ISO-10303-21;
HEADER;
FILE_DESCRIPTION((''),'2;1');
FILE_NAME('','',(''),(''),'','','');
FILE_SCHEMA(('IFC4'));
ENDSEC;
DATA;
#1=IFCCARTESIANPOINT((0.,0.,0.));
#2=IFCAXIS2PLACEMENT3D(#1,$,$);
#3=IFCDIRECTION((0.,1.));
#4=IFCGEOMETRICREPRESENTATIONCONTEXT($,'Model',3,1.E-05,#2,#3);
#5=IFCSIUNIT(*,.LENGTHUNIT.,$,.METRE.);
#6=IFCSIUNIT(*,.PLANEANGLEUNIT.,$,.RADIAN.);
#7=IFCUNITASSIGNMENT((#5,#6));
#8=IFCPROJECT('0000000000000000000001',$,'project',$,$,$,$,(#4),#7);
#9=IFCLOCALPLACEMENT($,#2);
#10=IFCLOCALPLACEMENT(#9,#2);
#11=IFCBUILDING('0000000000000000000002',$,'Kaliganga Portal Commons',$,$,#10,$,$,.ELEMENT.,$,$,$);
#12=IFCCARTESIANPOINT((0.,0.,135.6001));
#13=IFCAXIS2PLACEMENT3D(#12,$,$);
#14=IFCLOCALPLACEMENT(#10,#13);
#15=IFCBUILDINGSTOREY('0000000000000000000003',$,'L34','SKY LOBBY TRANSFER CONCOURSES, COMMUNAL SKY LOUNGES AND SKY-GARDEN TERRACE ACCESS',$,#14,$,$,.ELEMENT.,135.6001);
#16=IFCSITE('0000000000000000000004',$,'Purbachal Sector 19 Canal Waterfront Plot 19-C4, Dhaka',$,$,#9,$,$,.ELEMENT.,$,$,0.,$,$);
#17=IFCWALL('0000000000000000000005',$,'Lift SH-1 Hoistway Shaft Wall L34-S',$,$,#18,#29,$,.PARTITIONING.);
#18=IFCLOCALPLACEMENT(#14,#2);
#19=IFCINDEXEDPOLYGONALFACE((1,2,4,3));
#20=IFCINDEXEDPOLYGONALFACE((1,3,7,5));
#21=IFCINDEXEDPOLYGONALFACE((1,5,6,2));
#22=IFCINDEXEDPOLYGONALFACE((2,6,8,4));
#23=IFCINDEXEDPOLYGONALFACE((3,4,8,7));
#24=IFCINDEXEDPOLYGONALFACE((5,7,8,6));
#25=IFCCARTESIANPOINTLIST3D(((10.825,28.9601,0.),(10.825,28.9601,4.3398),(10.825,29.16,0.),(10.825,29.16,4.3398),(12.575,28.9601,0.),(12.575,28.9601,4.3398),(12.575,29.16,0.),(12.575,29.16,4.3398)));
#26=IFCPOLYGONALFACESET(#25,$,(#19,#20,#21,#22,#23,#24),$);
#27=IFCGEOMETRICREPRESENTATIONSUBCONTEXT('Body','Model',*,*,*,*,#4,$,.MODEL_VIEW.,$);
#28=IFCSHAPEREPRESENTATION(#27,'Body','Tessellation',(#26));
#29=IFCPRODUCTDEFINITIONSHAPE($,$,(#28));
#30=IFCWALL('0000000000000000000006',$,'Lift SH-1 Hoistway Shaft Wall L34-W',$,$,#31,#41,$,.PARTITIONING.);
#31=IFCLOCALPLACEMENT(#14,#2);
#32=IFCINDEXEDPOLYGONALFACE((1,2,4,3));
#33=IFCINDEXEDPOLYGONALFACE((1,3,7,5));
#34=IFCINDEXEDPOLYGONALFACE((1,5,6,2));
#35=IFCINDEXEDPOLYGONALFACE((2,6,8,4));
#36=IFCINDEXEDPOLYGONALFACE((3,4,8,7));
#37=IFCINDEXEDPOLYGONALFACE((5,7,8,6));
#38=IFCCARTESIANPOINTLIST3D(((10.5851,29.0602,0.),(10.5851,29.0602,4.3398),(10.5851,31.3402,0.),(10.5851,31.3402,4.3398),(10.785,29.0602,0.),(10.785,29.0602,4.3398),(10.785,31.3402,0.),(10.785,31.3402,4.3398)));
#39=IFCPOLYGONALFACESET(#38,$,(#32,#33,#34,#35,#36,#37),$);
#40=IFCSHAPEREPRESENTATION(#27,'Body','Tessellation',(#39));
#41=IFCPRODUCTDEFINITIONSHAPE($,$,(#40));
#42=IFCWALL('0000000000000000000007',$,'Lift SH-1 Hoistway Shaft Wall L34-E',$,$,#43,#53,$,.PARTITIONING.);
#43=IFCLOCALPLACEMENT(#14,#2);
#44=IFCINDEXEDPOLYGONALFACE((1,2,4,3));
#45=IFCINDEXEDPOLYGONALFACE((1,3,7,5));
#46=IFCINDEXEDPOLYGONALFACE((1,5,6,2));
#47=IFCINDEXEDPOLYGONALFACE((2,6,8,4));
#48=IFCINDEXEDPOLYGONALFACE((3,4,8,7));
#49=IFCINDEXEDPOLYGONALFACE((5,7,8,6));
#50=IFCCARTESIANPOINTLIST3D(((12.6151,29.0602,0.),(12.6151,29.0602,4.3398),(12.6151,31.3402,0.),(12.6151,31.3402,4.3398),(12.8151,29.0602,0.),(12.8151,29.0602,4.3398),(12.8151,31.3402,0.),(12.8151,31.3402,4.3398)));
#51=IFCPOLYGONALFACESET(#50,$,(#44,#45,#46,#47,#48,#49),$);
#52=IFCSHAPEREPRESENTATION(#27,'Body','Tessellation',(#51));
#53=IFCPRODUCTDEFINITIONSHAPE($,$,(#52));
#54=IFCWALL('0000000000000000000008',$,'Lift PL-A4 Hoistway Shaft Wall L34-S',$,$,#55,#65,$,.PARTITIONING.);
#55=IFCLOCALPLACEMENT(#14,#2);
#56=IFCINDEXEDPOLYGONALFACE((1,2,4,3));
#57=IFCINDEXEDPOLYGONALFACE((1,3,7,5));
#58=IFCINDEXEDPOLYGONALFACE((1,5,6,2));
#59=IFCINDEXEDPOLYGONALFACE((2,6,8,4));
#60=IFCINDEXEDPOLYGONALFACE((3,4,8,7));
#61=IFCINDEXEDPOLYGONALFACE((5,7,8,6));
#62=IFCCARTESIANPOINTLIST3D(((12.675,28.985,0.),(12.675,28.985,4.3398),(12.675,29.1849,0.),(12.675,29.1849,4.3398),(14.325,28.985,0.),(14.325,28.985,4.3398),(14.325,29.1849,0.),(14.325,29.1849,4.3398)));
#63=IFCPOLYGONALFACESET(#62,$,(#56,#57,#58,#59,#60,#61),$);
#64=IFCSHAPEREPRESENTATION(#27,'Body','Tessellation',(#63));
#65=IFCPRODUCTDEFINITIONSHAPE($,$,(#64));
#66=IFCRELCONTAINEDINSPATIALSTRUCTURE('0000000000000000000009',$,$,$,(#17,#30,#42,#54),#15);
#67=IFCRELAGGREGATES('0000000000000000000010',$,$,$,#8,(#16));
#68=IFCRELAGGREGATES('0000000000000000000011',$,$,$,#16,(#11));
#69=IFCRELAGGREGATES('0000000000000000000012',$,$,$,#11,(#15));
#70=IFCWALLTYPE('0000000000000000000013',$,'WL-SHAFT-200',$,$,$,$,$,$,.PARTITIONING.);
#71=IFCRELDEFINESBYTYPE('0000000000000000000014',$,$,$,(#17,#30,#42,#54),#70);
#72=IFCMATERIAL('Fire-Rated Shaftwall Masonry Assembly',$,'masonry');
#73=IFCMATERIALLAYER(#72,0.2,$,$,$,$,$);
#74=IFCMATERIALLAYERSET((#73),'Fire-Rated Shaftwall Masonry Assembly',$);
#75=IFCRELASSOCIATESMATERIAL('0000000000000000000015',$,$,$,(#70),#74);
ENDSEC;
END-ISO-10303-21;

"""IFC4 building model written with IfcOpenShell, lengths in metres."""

from ifc_helpers import new_model, si_unit, direction, frame, frame_2d, origin, place, context, subcontext, project, spatial, rectangle, extrude, material, layer, layer_set, type_object, element, save


model = new_model("IFC4")

# Units and contexts
model_context = context("Model", 3, precision=1e-05, world=origin(), true_north=direction((0.0, 1.0)))
body_context = subcontext(model_context, "Body", "Model", "MODEL_VIEW")
ifc_project = project(units=[si_unit("LENGTHUNIT", "METRE"), si_unit("PLANEANGLEUNIT", "RADIAN")], contexts=[model_context])

# Site, building, storey
site_placement = place(None, origin())
site = spatial("IfcSite", under=ifc_project, at=site_placement, Name="Purbachal Sector 19 Canal Waterfront Plot 19-C4, Dhaka", CompositionType="ELEMENT", RefElevation=0.0)
building_placement = place(site_placement, origin())
building = spatial("IfcBuilding", under=site, at=building_placement, Name="Kaliganga Portal Commons", CompositionType="ELEMENT")
storey_placement = place(building_placement, frame((0.0, 0.0, 135.6001)))
storey = spatial("IfcBuildingStorey", under=building, at=storey_placement, Name="L34", Description="SKY LOBBY TRANSFER CONCOURSES, COMMUNAL SKY LOUNGES AND SKY-GARDEN TERRACE ACCESS", CompositionType="ELEMENT", Elevation=135.6001)

# Walls
ifc_material_1 = material(Name="Fire-Rated Shaftwall Masonry Assembly", Category="masonry")
ifc_layer_1 = layer(ifc_material_1, 0.2)
ifc_layer_set_1 = layer_set([ifc_layer_1], Name="Fire-Rated Shaftwall Masonry Assembly")
wall_type_1 = type_object("IfcWallType", Name="WL-SHAFT-200", PredefinedType="PARTITIONING", material=ifc_layer_set_1)
wall_1_placement = place(storey_placement, frame((10.825, 29.0601, 0.0), z_axis=(0.0, 0.0, 1.0), x_axis=(1.0, 0.0, 0.0)))
element("IfcWall", 1, at=wall_1_placement, inside=storey, type_object=wall_type_1, Name="Lift SH-1 Hoistway Shaft Wall L34-S", PredefinedType="PARTITIONING", context=body_context, shape_type="SweptSolid", body=[
    extrude(rectangle(XDim=1.75, YDim=0.2, at=frame_2d((0.875, 0.0))), origin(), (0.0, 0.0, 1.0), 4.3398),
])
for number, where, z_axis, x_axis, name in (
    (2, (10.6851, 29.0601, 0.0), (0.0, 0.0, 1.0), (0.0, 1.0, 0.0), "Lift SH-1 Hoistway Shaft Wall L34-W"),
    (3, (12.7151, 29.0601, 0.0), (0.0, 0.0, 1.0), (0.0, 1.0, 0.0), "Lift SH-1 Hoistway Shaft Wall L34-E"),
):
    element("IfcWall", number, at=place(storey_placement, frame(where, z_axis=z_axis, x_axis=x_axis)), inside=storey, type_object=wall_type_1, Name=name, PredefinedType="PARTITIONING", context=body_context, shape_type="SweptSolid", body=[
        extrude(rectangle(XDim=2.28, YDim=0.2, at=frame_2d((1.1401, 0.0))), origin(), (0.0, 0.0, 1.0), 4.3398),
    ])
wall_2_placement = place(storey_placement, frame((12.675, 29.085, 0.0), z_axis=(0.0, 0.0, 1.0), x_axis=(1.0, 0.0, 0.0)))
element("IfcWall", 4, at=wall_2_placement, inside=storey, type_object=wall_type_1, Name="Lift PL-A4 Hoistway Shaft Wall L34-S", PredefinedType="PARTITIONING", context=body_context, shape_type="SweptSolid", body=[
    extrude(rectangle(XDim=1.6499, YDim=0.2, at=frame_2d((0.825, 0.0))), origin(), (0.0, 0.0, 1.0), 4.3398),
])

save(model, "model.ifc")
